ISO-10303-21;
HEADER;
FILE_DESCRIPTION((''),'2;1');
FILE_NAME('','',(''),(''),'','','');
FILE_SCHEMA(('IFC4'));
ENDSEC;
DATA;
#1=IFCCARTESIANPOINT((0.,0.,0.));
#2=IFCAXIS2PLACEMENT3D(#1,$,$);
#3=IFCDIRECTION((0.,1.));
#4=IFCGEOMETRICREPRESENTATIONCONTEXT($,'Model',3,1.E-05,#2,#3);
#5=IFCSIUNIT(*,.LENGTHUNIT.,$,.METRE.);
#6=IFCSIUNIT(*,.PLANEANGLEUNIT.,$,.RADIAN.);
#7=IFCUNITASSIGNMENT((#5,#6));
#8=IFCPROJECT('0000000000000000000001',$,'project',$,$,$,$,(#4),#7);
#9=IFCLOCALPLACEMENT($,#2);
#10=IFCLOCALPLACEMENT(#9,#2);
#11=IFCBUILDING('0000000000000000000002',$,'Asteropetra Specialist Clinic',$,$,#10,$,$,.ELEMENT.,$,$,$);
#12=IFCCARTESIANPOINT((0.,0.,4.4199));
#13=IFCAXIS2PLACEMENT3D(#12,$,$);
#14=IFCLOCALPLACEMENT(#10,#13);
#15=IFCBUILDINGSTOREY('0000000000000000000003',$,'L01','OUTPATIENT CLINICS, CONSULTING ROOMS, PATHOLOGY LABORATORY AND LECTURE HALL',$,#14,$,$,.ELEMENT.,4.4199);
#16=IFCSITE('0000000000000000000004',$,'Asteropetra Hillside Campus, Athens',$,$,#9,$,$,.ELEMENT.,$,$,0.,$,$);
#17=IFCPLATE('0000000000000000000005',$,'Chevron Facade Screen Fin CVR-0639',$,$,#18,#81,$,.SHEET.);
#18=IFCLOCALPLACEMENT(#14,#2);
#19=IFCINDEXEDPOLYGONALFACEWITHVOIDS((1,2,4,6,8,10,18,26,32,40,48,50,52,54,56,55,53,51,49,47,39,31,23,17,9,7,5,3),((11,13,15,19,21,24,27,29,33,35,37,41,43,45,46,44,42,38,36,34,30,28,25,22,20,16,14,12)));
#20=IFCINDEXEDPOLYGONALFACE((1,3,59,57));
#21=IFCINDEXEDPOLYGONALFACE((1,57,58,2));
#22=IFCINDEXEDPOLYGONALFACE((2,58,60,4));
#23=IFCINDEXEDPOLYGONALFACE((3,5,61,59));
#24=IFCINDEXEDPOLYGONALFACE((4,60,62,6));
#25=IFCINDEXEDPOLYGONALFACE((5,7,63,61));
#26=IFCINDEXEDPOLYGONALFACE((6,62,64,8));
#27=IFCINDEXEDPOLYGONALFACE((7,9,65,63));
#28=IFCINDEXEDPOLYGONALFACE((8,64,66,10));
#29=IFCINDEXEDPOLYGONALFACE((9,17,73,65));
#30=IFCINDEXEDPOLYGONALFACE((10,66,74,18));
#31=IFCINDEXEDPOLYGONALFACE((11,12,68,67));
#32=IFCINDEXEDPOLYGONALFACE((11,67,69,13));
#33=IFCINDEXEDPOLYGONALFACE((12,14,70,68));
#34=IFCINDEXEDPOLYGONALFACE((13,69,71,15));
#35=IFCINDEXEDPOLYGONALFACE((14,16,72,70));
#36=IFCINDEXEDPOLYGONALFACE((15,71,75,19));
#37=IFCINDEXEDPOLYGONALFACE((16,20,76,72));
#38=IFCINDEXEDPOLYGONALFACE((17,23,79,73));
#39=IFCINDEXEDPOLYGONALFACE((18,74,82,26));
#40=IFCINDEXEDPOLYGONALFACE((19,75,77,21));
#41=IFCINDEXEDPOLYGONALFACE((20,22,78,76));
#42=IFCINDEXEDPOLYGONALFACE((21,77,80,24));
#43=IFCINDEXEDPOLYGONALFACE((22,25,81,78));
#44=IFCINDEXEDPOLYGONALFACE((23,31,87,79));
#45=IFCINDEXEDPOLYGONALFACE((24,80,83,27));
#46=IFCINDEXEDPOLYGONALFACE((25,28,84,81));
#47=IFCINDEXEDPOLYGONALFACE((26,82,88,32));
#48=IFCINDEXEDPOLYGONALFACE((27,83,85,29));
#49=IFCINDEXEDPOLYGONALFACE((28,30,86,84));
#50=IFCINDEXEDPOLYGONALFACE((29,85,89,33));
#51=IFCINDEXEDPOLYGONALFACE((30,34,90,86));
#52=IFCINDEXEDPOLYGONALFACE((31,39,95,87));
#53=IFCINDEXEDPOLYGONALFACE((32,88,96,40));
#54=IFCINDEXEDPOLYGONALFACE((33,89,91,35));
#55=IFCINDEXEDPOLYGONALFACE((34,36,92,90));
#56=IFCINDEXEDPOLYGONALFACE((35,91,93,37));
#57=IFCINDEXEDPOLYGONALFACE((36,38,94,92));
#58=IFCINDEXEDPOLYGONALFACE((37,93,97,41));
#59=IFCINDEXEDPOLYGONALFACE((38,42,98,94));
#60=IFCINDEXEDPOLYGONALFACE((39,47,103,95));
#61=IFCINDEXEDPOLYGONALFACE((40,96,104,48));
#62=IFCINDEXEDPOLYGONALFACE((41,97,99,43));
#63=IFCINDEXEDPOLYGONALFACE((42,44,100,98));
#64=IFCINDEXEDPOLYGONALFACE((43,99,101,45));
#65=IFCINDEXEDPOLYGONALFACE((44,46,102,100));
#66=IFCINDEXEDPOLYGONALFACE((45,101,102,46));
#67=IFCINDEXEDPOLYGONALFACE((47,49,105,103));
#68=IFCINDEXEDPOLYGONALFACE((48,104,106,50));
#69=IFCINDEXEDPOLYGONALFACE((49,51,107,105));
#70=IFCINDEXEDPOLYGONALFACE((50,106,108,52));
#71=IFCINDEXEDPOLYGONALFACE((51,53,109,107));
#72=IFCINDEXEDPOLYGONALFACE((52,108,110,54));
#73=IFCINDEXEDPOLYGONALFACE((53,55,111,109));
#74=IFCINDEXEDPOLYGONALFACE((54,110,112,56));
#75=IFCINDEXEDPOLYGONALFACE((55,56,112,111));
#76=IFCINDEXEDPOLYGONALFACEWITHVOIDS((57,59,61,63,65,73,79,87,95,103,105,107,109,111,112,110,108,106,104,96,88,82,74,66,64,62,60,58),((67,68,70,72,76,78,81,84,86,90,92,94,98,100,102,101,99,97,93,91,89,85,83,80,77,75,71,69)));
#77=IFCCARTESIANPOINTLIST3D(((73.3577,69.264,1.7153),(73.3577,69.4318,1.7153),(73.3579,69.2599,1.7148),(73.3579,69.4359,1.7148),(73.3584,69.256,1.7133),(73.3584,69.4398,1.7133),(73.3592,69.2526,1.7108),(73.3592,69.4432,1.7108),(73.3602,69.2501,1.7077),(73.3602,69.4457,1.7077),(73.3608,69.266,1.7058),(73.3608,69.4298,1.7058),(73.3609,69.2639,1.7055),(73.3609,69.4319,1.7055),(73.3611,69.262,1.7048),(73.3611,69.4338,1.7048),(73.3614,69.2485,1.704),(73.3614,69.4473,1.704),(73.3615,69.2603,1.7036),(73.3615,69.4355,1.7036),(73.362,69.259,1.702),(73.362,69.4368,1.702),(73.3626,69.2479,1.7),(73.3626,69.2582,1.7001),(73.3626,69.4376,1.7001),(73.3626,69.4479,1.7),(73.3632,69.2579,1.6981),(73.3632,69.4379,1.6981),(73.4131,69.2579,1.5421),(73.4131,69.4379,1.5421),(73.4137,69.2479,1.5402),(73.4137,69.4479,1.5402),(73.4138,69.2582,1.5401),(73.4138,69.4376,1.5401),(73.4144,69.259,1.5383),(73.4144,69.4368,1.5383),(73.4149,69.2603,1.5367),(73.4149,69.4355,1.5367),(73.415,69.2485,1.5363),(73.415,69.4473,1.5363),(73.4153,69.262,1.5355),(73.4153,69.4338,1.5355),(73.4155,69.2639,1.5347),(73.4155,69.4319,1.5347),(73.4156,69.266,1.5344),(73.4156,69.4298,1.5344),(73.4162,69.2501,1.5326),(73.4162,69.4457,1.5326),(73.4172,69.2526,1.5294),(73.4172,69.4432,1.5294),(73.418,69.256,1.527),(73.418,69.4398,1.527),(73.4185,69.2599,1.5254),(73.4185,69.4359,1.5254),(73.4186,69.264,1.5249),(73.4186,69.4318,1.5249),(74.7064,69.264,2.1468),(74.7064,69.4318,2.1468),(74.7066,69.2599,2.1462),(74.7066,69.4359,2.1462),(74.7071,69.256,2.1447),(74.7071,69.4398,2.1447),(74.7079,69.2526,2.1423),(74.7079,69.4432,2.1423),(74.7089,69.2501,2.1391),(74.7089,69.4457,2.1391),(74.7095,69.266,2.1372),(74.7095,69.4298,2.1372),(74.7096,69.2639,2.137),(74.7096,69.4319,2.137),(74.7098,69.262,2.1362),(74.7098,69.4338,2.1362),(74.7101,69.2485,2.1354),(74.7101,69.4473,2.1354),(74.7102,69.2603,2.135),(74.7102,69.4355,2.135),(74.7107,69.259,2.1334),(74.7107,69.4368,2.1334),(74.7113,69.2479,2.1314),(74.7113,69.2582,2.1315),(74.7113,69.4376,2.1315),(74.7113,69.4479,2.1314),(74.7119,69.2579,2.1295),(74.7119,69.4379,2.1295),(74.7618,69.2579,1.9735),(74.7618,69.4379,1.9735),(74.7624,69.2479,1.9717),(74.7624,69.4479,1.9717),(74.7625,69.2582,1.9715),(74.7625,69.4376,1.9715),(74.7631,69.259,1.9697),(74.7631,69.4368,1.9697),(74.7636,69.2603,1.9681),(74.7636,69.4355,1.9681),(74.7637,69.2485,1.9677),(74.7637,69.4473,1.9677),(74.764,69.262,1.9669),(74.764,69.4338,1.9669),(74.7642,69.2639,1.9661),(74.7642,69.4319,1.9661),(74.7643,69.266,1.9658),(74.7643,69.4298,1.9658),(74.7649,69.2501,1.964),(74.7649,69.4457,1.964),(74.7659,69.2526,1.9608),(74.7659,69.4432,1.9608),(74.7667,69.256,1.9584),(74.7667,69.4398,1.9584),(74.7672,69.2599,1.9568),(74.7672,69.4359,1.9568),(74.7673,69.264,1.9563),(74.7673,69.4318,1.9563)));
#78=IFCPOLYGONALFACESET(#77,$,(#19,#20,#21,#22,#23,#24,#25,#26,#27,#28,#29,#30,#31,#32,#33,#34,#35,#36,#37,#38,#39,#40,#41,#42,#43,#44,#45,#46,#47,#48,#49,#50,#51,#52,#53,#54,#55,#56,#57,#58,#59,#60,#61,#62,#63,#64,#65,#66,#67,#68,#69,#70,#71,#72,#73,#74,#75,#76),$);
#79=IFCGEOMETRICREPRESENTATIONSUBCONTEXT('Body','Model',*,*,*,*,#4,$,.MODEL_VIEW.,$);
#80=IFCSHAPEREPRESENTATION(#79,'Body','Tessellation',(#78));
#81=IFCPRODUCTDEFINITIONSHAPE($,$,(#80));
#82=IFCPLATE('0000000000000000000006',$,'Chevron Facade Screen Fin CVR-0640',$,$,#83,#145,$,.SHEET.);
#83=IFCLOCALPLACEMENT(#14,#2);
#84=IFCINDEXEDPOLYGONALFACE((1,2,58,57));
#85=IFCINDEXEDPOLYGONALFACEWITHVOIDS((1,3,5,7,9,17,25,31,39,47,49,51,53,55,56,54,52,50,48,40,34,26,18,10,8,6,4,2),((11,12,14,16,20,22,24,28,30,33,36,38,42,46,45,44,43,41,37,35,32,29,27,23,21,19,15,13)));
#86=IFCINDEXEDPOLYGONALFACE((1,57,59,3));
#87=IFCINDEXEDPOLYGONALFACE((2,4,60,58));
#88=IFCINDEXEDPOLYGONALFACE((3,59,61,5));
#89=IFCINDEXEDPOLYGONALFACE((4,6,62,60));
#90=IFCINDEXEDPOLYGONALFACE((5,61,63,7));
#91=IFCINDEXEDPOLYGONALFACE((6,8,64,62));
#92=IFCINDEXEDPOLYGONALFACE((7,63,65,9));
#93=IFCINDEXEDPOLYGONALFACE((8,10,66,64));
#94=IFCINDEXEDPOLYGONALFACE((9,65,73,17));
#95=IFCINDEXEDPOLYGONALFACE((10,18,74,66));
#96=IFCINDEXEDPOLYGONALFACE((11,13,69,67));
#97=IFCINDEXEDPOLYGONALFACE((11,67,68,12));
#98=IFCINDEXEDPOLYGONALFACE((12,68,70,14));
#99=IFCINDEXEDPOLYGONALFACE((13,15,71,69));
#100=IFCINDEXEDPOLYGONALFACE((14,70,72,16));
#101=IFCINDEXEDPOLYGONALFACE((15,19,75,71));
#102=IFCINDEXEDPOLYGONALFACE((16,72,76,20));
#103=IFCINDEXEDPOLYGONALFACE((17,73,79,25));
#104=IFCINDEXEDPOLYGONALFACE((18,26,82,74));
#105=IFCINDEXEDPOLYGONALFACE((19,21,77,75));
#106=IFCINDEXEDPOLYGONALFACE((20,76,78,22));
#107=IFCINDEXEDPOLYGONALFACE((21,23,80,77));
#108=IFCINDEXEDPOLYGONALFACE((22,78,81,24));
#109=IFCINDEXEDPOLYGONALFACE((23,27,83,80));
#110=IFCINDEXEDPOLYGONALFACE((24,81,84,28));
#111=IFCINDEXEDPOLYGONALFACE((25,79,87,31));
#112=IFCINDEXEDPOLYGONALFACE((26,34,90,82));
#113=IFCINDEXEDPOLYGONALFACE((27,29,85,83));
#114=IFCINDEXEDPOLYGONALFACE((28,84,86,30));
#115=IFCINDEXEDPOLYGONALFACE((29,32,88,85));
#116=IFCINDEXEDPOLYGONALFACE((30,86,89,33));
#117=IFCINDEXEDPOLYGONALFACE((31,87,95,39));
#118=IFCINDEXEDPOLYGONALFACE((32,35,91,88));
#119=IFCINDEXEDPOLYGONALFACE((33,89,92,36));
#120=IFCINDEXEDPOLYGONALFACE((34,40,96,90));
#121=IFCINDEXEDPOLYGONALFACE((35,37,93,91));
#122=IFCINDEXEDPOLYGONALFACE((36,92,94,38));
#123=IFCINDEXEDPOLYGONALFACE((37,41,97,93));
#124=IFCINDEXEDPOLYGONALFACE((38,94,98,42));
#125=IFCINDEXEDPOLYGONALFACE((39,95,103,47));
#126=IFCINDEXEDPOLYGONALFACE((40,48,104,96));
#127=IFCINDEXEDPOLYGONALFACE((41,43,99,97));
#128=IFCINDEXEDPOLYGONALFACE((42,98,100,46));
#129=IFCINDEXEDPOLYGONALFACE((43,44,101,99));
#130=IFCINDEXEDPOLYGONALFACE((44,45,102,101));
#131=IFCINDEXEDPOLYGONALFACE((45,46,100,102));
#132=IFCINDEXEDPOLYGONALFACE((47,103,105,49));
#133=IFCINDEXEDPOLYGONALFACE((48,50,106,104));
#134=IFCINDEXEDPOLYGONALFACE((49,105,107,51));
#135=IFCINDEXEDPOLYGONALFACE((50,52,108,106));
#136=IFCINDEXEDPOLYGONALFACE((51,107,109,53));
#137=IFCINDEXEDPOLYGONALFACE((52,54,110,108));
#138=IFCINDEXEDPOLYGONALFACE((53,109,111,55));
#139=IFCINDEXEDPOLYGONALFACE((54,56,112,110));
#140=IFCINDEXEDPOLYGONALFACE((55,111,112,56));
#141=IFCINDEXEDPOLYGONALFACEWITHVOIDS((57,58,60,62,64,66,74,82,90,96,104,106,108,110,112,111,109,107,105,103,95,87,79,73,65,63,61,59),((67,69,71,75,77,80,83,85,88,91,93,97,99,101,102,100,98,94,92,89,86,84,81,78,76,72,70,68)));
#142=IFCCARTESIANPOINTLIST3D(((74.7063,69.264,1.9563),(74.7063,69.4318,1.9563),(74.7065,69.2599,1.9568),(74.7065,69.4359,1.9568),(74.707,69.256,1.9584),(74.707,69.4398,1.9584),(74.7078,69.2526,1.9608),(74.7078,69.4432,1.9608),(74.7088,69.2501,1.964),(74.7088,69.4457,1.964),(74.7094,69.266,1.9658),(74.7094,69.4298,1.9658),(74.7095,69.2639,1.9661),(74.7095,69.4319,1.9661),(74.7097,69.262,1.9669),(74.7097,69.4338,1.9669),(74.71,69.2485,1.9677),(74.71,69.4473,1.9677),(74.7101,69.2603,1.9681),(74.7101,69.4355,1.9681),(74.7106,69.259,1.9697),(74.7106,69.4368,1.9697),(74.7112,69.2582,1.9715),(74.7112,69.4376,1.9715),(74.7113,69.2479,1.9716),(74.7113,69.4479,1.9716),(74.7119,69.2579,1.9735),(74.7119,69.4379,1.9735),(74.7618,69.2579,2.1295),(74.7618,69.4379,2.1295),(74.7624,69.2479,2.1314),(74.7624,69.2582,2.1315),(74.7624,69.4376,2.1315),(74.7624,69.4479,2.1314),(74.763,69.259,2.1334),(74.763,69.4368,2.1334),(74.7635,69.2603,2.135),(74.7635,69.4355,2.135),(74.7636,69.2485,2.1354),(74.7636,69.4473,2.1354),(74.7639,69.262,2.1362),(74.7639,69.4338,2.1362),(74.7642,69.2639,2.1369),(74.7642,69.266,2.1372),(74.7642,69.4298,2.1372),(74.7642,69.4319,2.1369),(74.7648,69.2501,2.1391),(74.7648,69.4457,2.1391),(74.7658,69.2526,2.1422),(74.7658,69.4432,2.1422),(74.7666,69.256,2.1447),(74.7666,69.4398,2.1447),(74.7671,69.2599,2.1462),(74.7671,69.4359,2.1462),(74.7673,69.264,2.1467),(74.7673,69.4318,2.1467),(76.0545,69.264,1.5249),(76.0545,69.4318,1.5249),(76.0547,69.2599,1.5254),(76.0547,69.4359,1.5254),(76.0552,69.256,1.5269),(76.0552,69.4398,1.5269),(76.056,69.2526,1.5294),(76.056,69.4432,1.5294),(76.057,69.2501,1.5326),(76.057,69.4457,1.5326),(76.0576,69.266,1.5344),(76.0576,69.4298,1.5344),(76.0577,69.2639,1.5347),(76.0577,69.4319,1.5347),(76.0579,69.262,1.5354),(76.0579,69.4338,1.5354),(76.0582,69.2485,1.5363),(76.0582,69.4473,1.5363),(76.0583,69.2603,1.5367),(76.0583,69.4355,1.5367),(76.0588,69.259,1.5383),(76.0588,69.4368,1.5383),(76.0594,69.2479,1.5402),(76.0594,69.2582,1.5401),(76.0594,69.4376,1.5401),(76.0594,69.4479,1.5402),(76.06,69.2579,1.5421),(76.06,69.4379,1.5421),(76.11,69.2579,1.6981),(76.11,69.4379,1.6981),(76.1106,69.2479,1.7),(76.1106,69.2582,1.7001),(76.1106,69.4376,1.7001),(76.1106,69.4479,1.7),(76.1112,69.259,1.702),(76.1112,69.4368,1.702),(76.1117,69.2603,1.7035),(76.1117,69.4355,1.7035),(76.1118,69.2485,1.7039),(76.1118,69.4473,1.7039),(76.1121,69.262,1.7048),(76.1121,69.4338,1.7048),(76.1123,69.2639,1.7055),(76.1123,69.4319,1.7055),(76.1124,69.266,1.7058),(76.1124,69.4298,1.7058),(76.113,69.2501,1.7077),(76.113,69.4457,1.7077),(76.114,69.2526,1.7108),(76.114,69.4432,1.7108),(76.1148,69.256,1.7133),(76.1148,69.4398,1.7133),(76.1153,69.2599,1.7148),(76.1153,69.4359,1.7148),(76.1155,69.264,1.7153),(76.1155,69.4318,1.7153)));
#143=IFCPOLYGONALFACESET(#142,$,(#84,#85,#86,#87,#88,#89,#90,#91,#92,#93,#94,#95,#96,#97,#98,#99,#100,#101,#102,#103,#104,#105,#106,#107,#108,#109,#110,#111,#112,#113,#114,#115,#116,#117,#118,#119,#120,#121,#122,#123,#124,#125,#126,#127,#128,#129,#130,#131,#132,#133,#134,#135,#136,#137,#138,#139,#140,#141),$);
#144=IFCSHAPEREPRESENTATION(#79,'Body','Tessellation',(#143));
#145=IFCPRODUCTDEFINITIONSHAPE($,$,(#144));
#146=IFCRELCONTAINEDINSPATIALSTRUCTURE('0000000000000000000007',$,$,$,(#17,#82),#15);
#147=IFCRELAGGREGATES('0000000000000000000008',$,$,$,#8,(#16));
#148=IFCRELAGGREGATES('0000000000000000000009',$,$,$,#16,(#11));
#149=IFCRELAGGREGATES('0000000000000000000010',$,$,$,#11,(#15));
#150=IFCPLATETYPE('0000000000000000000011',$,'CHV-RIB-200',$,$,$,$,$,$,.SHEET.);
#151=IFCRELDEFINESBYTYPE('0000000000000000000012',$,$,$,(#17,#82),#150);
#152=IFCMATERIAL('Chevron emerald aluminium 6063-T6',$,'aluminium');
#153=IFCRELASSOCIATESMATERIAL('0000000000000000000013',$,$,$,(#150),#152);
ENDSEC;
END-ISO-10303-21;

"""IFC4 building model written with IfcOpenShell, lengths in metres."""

from ifc_helpers import new_model, si_unit, direction, frame, origin, origin_2d, place, context, subcontext, project, spatial, hollow_rectangle, extrude, material, material_profile, profile_set, type_object, element, save


model = new_model("IFC4")

# Units and contexts
model_context = context("Model", 3, precision=1e-05, world=origin(), true_north=direction((0.0, 1.0)))
body_context = subcontext(model_context, "Body", "Model", "MODEL_VIEW")
ifc_project = project(units=[si_unit("LENGTHUNIT", "METRE"), si_unit("PLANEANGLEUNIT", "RADIAN")], contexts=[model_context])

# Site, building, storey
site_placement = place(None, origin())
site = spatial("IfcSite", under=ifc_project, at=site_placement, Name="Asteropetra Hillside Campus, Athens", CompositionType="ELEMENT", RefElevation=0.0)
building_placement = place(site_placement, origin())
building = spatial("IfcBuilding", under=site, at=building_placement, Name="Asteropetra Specialist Clinic", CompositionType="ELEMENT")
storey_placement = place(building_placement, frame((0.0, 0.0, 4.4199)))
storey = spatial("IfcBuildingStorey", under=building, at=storey_placement, Name="L01", Description="OUTPATIENT CLINICS, CONSULTING ROOMS, PATHOLOGY LABORATORY AND LECTURE HALL", CompositionType="ELEMENT", Elevation=4.4199)

# Plates
ifc_material_1 = material(Name="Chevron emerald aluminium 6063-T6", Category="aluminium")
ifc_material_profile_1 = material_profile(ifc_material_1, hollow_rectangle(XDim=0.2, YDim=0.2, WallThickness=0.01, InnerFilletRadius=0.0081, OuterFilletRadius=0.0161, at=origin_2d()), Name="SHS 200x200x10.0")
ifc_profile_set_1 = profile_set([ifc_material_profile_1], Name="Chevron emerald aluminium 6063-T6")
plate_type_1 = type_object("IfcPlateType", Name="CHV-RIB-200", PredefinedType="SHEET", material=ifc_profile_set_1)
plate_1_placement = place(storey_placement, frame((73.3882, 69.3479, 1.6201), z_axis=(0.952458, 0.0, 0.304669), x_axis=(0.0, 1.0, 0.0)))
element("IfcPlate", 1, at=plate_1_placement, inside=storey, type_object=plate_type_1, Name="Chevron Facade Screen Fin CVR-0639", PredefinedType="SHEET", context=body_context, shape_type="SweptSolid", body=[
    extrude(hollow_rectangle(XDim=0.2, YDim=0.2, WallThickness=0.01, InnerFilletRadius=0.0081, OuterFilletRadius=0.0161, at=origin_2d()), origin(), (0.0, 0.0, 1.0), 1.416),
])
plate_2_placement = place(storey_placement, frame((74.7368, 69.3479, 2.0515), z_axis=(0.952426, 0.0, -0.304769), x_axis=(0.0, 1.0, 0.0)))
element("IfcPlate", 2, at=plate_2_placement, inside=storey, type_object=plate_type_1, Name="Chevron Facade Screen Fin CVR-0640", PredefinedType="SHEET", context=body_context, shape_type="SweptSolid", body=[
    extrude(hollow_rectangle(XDim=0.2, YDim=0.2, WallThickness=0.01, InnerFilletRadius=0.0081, OuterFilletRadius=0.0161, at=origin_2d()), origin(), (0.0, 0.0, 1.0), 1.4155),
])

save(model, "model.ifc")
